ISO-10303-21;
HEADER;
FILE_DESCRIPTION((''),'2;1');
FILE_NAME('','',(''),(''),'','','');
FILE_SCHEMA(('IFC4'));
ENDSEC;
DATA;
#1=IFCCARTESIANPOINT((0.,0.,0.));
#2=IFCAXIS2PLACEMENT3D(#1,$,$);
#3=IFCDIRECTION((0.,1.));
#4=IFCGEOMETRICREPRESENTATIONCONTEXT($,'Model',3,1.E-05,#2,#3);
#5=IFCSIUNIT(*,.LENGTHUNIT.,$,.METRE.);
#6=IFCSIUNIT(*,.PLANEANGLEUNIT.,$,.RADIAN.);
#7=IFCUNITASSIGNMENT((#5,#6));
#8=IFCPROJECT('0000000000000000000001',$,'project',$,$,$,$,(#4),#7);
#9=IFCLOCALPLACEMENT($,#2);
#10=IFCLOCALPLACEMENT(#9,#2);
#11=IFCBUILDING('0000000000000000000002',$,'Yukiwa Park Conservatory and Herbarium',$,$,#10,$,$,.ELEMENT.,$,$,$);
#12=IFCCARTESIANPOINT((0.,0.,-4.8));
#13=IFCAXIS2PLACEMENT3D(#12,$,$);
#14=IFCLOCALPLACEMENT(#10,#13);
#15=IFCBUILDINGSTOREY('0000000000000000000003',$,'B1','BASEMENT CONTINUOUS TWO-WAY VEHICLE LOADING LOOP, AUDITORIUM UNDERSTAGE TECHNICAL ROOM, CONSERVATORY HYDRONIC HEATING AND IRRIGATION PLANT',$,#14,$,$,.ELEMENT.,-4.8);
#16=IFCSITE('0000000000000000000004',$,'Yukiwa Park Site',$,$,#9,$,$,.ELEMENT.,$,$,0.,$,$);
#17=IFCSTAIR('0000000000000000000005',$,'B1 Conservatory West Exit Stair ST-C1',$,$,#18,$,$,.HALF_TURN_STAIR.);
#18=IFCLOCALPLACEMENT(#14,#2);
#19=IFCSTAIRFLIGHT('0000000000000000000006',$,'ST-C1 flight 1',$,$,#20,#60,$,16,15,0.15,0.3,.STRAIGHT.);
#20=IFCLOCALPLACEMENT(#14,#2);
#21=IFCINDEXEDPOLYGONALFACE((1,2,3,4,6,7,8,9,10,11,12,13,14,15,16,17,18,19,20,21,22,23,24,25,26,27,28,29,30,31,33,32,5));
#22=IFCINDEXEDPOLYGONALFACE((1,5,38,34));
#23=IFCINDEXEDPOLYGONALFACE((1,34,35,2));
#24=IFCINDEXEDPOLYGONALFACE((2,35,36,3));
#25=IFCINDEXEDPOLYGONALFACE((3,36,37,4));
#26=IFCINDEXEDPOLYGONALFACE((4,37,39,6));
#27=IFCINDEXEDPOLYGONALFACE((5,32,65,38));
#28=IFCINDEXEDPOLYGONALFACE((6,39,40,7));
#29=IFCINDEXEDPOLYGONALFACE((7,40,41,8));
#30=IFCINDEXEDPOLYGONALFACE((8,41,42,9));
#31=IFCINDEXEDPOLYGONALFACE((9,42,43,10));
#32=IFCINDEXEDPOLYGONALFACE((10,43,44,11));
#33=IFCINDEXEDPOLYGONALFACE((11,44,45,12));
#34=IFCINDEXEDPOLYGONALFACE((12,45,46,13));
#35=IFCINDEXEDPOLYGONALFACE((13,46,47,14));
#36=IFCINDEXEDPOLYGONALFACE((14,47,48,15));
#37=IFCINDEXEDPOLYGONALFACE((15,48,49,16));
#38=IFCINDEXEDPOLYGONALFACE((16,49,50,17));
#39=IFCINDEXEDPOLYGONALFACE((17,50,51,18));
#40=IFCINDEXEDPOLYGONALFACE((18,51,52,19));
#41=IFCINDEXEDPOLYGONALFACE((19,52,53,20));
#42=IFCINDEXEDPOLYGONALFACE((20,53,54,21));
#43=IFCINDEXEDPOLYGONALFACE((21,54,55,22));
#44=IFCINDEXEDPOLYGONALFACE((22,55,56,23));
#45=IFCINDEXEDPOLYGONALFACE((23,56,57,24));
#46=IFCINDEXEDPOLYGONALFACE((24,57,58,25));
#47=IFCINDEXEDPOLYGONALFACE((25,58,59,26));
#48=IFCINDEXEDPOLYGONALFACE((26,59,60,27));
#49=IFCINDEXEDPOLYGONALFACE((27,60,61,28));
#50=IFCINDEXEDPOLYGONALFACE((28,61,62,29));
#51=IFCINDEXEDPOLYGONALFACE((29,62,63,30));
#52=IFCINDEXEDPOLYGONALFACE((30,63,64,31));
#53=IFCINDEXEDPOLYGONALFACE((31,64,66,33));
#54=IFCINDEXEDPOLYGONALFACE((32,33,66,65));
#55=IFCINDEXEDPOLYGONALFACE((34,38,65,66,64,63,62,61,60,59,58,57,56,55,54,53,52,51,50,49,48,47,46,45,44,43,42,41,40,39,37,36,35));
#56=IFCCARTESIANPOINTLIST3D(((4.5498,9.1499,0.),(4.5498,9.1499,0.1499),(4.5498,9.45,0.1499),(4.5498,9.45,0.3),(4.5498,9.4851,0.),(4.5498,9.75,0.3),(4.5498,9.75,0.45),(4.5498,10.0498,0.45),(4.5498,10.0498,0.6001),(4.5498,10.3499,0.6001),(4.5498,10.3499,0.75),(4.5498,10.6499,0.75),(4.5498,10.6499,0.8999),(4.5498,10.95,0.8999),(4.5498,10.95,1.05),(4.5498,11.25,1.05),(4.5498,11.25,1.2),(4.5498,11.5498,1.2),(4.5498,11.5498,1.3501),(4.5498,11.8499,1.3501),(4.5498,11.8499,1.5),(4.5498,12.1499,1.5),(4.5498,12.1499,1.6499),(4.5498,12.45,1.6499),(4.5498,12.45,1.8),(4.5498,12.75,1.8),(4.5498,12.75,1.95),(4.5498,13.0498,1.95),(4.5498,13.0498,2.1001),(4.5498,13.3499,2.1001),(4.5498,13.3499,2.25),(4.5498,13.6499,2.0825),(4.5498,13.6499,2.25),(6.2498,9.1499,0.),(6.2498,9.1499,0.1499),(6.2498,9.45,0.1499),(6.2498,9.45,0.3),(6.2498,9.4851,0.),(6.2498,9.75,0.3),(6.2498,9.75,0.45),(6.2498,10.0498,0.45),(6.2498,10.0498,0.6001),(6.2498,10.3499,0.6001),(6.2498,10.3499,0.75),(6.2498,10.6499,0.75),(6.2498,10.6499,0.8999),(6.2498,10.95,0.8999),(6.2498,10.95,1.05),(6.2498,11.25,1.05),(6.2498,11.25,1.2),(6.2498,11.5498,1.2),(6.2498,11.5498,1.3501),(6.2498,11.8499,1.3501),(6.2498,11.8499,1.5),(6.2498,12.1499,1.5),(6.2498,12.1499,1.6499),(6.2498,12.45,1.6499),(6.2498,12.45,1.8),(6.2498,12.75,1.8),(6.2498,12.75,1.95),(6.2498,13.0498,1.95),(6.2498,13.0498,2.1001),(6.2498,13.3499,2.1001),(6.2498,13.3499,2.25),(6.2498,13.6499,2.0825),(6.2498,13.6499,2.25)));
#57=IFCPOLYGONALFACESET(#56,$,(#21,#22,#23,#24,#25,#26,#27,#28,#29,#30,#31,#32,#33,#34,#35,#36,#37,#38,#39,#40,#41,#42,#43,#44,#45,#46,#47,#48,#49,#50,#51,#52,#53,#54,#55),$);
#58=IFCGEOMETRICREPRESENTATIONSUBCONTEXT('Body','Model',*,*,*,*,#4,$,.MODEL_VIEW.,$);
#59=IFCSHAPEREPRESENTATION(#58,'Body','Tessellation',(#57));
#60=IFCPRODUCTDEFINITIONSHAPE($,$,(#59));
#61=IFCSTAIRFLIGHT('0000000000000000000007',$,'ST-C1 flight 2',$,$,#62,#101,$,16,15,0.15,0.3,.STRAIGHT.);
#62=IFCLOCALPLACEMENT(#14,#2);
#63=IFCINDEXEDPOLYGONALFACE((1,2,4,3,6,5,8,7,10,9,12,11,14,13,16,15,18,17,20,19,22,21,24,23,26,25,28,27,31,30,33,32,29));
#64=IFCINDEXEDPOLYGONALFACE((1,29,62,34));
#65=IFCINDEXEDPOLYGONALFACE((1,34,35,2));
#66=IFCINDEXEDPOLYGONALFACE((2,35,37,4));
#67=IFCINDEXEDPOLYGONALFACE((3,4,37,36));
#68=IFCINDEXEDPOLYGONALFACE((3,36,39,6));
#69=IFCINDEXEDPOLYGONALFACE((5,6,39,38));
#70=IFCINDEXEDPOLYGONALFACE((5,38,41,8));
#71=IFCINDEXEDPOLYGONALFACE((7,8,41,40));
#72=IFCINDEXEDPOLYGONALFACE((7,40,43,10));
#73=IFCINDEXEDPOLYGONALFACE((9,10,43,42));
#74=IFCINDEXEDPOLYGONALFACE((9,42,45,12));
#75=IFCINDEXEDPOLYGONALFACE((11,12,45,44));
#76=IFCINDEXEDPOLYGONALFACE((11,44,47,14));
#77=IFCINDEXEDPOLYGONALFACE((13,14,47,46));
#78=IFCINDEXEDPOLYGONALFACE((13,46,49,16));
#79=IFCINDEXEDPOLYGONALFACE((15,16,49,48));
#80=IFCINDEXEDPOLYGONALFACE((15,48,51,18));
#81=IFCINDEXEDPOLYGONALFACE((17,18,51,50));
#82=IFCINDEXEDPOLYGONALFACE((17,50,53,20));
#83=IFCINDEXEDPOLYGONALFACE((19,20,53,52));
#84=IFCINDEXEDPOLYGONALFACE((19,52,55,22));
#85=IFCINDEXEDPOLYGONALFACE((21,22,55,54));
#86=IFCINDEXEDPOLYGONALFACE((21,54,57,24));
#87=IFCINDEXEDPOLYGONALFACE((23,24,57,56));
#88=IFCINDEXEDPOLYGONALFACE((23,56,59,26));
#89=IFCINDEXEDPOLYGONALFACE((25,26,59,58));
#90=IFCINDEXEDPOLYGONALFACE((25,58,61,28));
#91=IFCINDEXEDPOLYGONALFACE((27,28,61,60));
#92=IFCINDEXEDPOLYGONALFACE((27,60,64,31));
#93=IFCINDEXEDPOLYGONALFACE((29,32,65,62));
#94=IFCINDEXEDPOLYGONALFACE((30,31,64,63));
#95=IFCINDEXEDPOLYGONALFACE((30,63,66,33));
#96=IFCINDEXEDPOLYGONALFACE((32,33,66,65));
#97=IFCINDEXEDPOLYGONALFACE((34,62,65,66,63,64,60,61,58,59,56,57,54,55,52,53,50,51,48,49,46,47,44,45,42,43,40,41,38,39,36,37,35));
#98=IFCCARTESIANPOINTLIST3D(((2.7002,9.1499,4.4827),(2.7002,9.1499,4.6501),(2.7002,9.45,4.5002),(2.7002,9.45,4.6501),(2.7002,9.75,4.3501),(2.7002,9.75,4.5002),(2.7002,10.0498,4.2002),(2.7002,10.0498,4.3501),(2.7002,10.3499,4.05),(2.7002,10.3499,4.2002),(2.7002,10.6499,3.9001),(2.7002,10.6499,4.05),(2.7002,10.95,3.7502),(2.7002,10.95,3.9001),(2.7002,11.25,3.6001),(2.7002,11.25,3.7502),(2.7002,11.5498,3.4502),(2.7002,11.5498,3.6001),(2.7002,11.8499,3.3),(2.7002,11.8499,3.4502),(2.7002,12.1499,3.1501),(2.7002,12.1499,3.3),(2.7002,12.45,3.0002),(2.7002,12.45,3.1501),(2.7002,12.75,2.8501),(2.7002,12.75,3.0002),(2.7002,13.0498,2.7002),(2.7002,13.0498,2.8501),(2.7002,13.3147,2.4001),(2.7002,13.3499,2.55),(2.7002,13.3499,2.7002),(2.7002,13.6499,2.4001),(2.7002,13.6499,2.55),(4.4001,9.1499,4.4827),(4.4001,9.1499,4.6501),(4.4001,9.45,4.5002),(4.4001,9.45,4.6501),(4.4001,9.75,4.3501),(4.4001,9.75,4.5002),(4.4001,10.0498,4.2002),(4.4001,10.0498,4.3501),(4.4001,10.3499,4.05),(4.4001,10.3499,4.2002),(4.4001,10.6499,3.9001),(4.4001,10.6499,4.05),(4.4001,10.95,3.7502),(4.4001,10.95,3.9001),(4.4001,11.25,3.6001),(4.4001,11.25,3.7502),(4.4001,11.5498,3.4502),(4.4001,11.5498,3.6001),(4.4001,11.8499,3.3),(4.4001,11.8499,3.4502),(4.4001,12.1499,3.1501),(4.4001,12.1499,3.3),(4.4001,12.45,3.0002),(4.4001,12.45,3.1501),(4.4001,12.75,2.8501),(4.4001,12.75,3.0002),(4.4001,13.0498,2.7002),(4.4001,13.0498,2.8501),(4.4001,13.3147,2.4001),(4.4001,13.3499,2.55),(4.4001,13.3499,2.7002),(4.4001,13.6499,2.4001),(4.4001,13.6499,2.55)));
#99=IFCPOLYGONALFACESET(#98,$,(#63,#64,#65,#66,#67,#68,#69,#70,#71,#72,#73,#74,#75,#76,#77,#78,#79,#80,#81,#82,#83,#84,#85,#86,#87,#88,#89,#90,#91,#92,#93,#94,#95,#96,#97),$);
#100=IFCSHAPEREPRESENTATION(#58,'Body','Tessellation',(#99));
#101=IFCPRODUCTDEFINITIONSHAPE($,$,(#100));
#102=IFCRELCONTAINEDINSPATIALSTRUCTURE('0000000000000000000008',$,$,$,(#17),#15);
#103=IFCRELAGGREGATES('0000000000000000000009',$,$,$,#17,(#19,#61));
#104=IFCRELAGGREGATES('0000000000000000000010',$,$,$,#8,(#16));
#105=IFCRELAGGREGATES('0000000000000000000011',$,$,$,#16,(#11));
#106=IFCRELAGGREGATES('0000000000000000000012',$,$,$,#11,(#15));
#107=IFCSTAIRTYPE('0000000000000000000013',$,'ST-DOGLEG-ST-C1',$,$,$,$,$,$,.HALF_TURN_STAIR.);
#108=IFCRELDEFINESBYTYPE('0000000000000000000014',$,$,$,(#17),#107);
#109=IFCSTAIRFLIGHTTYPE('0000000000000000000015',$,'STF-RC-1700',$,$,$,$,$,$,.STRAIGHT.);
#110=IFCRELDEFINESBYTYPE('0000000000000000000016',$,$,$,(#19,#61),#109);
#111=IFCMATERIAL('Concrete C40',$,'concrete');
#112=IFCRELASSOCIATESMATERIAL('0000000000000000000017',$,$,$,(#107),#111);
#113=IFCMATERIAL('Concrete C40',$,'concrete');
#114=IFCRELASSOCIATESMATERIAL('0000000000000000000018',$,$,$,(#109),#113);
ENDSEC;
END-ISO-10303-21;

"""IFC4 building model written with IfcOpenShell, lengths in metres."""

from ifc_helpers import new_model, si_unit, direction, frame, origin, place, context, subcontext, project, spatial, polyline, outline, extrude, material, type_object, element, aggregate, save


model = new_model("IFC4")

# Units and contexts
model_context = context("Model", 3, precision=1e-05, world=origin(), true_north=direction((0.0, 1.0)))
body_context = subcontext(model_context, "Body", "Model", "MODEL_VIEW")
ifc_project = project(units=[si_unit("LENGTHUNIT", "METRE"), si_unit("PLANEANGLEUNIT", "RADIAN")], contexts=[model_context])

# Site, building, storey
site_placement = place(None, origin())
site = spatial("IfcSite", under=ifc_project, at=site_placement, Name="Yukiwa Park Site", CompositionType="ELEMENT", RefElevation=0.0)
building_placement = place(site_placement, origin())
building = spatial("IfcBuilding", under=site, at=building_placement, Name="Yukiwa Park Conservatory and Herbarium", CompositionType="ELEMENT")
storey_placement = place(building_placement, frame((0.0, 0.0, -4.8)))
storey = spatial("IfcBuildingStorey", under=building, at=storey_placement, Name="B1", Description="BASEMENT CONTINUOUS TWO-WAY VEHICLE LOADING LOOP, AUDITORIUM UNDERSTAGE TECHNICAL ROOM, CONSERVATORY HYDRONIC HEATING AND IRRIGATION PLANT", CompositionType="ELEMENT", Elevation=-4.8)

# Stair, stair flights
ifc_material_1 = material(Name="Concrete C40", Category="concrete")
stair_type = type_object("IfcStairType", Name="ST-DOGLEG-ST-C1", PredefinedType="HALF_TURN_STAIR", material=ifc_material_1)
stair_placement = place(storey_placement, origin())
stair = element("IfcStair", 1, at=stair_placement, inside=storey, type_object=stair_type, Name="B1 Conservatory West Exit Stair ST-C1", PredefinedType="HALF_TURN_STAIR")
ifc_material_2 = material(Name="Concrete C40", Category="concrete")
stair_flight_type = type_object("IfcStairFlightType", Name="STF-RC-1700", PredefinedType="STRAIGHT", material=ifc_material_2)
stair_flight_1_placement = place(storey_placement, frame((5.3999, 9.1499, 0.0), z_axis=(0.0, 0.0, 1.0), x_axis=(0.0, 1.0, 0.0)))
stair_flight_1 = element("IfcStairFlight", 2, at=stair_flight_1_placement, type_object=stair_flight_type, Name="ST-C1 flight 1", NumberOfRisers=16, NumberOfTreads=15, PredefinedType="STRAIGHT", RiserHeight=0.15, TreadLength=0.3, context=body_context, shape_type="SweptSolid", body=[
    extrude(outline(polyline([(0.0, 0.0), (0.0, 0.1499), (0.3, 0.1499), (0.3, 0.3), (0.6001, 0.3), (0.6001, 0.45), (0.8999, 0.45), (0.8999, 0.6001), (1.2, 0.6001), (1.2, 0.75), (1.5, 0.75), (1.5, 0.8999), (1.8, 0.8999), (1.8, 1.05), (2.1001, 1.05), (2.1001, 1.2), (2.3999, 1.2), (2.3999, 1.3501), (2.7, 1.3501), (2.7, 1.5), (3.0, 1.5), (3.0, 1.6499), (3.3, 1.6499), (3.3, 1.8), (3.6001, 1.8), (3.6001, 1.95), (3.8999, 1.95), (3.8999, 2.1001), (4.2, 2.1001), (4.2, 2.25), (4.5, 2.25), (4.5, 2.3999), (4.5, 2.0825), (0.3352, 0.0), (0.0, 0.0)])), frame((0.0, 0.8501, 0.0), z_axis=(0.0, -1.0, 0.0), x_axis=(1.0, 0.0, 0.0)), (0.0, 0.0, 1.0), 1.7),
])
stair_flight_2_placement = place(storey_placement, frame((3.55, 13.6499, 2.4001), z_axis=(0.0, 0.0, 1.0), x_axis=(0.0, -1.0, 0.0)))
stair_flight_2 = element("IfcStairFlight", 3, at=stair_flight_2_placement, type_object=stair_flight_type, Name="ST-C1 flight 2", NumberOfRisers=16, NumberOfTreads=15, PredefinedType="STRAIGHT", RiserHeight=0.15, TreadLength=0.3, context=body_context, shape_type="SweptSolid", body=[
    extrude(outline(polyline([(0.0, 0.0), (0.0, 0.1499), (0.3, 0.1499), (0.3, 0.3), (0.6001, 0.3), (0.6001, 0.45), (0.8999, 0.45), (0.8999, 0.6001), (1.2, 0.6001), (1.2, 0.75), (1.5, 0.75), (1.5, 0.8999), (1.8, 0.8999), (1.8, 1.05), (2.1001, 1.05), (2.1001, 1.2), (2.3999, 1.2), (2.3999, 1.3501), (2.7, 1.3501), (2.7, 1.5), (3.0, 1.5), (3.0, 1.6499), (3.3, 1.6499), (3.3, 1.8), (3.6001, 1.8), (3.6001, 1.95), (3.8999, 1.95), (3.8999, 2.1001), (4.2, 2.1001), (4.2, 2.25), (4.5, 2.25), (4.5, 2.3999), (4.5, 2.0825), (0.3352, 0.0), (0.0, 0.0)])), frame((0.0, 0.8501, 0.0), z_axis=(0.0, -1.0, 0.0), x_axis=(1.0, 0.0, 0.0)), (0.0, 0.0, 1.0), 1.7),
])
aggregate(stair, [stair_flight_1, stair_flight_2])

save(model, "model.ifc")
